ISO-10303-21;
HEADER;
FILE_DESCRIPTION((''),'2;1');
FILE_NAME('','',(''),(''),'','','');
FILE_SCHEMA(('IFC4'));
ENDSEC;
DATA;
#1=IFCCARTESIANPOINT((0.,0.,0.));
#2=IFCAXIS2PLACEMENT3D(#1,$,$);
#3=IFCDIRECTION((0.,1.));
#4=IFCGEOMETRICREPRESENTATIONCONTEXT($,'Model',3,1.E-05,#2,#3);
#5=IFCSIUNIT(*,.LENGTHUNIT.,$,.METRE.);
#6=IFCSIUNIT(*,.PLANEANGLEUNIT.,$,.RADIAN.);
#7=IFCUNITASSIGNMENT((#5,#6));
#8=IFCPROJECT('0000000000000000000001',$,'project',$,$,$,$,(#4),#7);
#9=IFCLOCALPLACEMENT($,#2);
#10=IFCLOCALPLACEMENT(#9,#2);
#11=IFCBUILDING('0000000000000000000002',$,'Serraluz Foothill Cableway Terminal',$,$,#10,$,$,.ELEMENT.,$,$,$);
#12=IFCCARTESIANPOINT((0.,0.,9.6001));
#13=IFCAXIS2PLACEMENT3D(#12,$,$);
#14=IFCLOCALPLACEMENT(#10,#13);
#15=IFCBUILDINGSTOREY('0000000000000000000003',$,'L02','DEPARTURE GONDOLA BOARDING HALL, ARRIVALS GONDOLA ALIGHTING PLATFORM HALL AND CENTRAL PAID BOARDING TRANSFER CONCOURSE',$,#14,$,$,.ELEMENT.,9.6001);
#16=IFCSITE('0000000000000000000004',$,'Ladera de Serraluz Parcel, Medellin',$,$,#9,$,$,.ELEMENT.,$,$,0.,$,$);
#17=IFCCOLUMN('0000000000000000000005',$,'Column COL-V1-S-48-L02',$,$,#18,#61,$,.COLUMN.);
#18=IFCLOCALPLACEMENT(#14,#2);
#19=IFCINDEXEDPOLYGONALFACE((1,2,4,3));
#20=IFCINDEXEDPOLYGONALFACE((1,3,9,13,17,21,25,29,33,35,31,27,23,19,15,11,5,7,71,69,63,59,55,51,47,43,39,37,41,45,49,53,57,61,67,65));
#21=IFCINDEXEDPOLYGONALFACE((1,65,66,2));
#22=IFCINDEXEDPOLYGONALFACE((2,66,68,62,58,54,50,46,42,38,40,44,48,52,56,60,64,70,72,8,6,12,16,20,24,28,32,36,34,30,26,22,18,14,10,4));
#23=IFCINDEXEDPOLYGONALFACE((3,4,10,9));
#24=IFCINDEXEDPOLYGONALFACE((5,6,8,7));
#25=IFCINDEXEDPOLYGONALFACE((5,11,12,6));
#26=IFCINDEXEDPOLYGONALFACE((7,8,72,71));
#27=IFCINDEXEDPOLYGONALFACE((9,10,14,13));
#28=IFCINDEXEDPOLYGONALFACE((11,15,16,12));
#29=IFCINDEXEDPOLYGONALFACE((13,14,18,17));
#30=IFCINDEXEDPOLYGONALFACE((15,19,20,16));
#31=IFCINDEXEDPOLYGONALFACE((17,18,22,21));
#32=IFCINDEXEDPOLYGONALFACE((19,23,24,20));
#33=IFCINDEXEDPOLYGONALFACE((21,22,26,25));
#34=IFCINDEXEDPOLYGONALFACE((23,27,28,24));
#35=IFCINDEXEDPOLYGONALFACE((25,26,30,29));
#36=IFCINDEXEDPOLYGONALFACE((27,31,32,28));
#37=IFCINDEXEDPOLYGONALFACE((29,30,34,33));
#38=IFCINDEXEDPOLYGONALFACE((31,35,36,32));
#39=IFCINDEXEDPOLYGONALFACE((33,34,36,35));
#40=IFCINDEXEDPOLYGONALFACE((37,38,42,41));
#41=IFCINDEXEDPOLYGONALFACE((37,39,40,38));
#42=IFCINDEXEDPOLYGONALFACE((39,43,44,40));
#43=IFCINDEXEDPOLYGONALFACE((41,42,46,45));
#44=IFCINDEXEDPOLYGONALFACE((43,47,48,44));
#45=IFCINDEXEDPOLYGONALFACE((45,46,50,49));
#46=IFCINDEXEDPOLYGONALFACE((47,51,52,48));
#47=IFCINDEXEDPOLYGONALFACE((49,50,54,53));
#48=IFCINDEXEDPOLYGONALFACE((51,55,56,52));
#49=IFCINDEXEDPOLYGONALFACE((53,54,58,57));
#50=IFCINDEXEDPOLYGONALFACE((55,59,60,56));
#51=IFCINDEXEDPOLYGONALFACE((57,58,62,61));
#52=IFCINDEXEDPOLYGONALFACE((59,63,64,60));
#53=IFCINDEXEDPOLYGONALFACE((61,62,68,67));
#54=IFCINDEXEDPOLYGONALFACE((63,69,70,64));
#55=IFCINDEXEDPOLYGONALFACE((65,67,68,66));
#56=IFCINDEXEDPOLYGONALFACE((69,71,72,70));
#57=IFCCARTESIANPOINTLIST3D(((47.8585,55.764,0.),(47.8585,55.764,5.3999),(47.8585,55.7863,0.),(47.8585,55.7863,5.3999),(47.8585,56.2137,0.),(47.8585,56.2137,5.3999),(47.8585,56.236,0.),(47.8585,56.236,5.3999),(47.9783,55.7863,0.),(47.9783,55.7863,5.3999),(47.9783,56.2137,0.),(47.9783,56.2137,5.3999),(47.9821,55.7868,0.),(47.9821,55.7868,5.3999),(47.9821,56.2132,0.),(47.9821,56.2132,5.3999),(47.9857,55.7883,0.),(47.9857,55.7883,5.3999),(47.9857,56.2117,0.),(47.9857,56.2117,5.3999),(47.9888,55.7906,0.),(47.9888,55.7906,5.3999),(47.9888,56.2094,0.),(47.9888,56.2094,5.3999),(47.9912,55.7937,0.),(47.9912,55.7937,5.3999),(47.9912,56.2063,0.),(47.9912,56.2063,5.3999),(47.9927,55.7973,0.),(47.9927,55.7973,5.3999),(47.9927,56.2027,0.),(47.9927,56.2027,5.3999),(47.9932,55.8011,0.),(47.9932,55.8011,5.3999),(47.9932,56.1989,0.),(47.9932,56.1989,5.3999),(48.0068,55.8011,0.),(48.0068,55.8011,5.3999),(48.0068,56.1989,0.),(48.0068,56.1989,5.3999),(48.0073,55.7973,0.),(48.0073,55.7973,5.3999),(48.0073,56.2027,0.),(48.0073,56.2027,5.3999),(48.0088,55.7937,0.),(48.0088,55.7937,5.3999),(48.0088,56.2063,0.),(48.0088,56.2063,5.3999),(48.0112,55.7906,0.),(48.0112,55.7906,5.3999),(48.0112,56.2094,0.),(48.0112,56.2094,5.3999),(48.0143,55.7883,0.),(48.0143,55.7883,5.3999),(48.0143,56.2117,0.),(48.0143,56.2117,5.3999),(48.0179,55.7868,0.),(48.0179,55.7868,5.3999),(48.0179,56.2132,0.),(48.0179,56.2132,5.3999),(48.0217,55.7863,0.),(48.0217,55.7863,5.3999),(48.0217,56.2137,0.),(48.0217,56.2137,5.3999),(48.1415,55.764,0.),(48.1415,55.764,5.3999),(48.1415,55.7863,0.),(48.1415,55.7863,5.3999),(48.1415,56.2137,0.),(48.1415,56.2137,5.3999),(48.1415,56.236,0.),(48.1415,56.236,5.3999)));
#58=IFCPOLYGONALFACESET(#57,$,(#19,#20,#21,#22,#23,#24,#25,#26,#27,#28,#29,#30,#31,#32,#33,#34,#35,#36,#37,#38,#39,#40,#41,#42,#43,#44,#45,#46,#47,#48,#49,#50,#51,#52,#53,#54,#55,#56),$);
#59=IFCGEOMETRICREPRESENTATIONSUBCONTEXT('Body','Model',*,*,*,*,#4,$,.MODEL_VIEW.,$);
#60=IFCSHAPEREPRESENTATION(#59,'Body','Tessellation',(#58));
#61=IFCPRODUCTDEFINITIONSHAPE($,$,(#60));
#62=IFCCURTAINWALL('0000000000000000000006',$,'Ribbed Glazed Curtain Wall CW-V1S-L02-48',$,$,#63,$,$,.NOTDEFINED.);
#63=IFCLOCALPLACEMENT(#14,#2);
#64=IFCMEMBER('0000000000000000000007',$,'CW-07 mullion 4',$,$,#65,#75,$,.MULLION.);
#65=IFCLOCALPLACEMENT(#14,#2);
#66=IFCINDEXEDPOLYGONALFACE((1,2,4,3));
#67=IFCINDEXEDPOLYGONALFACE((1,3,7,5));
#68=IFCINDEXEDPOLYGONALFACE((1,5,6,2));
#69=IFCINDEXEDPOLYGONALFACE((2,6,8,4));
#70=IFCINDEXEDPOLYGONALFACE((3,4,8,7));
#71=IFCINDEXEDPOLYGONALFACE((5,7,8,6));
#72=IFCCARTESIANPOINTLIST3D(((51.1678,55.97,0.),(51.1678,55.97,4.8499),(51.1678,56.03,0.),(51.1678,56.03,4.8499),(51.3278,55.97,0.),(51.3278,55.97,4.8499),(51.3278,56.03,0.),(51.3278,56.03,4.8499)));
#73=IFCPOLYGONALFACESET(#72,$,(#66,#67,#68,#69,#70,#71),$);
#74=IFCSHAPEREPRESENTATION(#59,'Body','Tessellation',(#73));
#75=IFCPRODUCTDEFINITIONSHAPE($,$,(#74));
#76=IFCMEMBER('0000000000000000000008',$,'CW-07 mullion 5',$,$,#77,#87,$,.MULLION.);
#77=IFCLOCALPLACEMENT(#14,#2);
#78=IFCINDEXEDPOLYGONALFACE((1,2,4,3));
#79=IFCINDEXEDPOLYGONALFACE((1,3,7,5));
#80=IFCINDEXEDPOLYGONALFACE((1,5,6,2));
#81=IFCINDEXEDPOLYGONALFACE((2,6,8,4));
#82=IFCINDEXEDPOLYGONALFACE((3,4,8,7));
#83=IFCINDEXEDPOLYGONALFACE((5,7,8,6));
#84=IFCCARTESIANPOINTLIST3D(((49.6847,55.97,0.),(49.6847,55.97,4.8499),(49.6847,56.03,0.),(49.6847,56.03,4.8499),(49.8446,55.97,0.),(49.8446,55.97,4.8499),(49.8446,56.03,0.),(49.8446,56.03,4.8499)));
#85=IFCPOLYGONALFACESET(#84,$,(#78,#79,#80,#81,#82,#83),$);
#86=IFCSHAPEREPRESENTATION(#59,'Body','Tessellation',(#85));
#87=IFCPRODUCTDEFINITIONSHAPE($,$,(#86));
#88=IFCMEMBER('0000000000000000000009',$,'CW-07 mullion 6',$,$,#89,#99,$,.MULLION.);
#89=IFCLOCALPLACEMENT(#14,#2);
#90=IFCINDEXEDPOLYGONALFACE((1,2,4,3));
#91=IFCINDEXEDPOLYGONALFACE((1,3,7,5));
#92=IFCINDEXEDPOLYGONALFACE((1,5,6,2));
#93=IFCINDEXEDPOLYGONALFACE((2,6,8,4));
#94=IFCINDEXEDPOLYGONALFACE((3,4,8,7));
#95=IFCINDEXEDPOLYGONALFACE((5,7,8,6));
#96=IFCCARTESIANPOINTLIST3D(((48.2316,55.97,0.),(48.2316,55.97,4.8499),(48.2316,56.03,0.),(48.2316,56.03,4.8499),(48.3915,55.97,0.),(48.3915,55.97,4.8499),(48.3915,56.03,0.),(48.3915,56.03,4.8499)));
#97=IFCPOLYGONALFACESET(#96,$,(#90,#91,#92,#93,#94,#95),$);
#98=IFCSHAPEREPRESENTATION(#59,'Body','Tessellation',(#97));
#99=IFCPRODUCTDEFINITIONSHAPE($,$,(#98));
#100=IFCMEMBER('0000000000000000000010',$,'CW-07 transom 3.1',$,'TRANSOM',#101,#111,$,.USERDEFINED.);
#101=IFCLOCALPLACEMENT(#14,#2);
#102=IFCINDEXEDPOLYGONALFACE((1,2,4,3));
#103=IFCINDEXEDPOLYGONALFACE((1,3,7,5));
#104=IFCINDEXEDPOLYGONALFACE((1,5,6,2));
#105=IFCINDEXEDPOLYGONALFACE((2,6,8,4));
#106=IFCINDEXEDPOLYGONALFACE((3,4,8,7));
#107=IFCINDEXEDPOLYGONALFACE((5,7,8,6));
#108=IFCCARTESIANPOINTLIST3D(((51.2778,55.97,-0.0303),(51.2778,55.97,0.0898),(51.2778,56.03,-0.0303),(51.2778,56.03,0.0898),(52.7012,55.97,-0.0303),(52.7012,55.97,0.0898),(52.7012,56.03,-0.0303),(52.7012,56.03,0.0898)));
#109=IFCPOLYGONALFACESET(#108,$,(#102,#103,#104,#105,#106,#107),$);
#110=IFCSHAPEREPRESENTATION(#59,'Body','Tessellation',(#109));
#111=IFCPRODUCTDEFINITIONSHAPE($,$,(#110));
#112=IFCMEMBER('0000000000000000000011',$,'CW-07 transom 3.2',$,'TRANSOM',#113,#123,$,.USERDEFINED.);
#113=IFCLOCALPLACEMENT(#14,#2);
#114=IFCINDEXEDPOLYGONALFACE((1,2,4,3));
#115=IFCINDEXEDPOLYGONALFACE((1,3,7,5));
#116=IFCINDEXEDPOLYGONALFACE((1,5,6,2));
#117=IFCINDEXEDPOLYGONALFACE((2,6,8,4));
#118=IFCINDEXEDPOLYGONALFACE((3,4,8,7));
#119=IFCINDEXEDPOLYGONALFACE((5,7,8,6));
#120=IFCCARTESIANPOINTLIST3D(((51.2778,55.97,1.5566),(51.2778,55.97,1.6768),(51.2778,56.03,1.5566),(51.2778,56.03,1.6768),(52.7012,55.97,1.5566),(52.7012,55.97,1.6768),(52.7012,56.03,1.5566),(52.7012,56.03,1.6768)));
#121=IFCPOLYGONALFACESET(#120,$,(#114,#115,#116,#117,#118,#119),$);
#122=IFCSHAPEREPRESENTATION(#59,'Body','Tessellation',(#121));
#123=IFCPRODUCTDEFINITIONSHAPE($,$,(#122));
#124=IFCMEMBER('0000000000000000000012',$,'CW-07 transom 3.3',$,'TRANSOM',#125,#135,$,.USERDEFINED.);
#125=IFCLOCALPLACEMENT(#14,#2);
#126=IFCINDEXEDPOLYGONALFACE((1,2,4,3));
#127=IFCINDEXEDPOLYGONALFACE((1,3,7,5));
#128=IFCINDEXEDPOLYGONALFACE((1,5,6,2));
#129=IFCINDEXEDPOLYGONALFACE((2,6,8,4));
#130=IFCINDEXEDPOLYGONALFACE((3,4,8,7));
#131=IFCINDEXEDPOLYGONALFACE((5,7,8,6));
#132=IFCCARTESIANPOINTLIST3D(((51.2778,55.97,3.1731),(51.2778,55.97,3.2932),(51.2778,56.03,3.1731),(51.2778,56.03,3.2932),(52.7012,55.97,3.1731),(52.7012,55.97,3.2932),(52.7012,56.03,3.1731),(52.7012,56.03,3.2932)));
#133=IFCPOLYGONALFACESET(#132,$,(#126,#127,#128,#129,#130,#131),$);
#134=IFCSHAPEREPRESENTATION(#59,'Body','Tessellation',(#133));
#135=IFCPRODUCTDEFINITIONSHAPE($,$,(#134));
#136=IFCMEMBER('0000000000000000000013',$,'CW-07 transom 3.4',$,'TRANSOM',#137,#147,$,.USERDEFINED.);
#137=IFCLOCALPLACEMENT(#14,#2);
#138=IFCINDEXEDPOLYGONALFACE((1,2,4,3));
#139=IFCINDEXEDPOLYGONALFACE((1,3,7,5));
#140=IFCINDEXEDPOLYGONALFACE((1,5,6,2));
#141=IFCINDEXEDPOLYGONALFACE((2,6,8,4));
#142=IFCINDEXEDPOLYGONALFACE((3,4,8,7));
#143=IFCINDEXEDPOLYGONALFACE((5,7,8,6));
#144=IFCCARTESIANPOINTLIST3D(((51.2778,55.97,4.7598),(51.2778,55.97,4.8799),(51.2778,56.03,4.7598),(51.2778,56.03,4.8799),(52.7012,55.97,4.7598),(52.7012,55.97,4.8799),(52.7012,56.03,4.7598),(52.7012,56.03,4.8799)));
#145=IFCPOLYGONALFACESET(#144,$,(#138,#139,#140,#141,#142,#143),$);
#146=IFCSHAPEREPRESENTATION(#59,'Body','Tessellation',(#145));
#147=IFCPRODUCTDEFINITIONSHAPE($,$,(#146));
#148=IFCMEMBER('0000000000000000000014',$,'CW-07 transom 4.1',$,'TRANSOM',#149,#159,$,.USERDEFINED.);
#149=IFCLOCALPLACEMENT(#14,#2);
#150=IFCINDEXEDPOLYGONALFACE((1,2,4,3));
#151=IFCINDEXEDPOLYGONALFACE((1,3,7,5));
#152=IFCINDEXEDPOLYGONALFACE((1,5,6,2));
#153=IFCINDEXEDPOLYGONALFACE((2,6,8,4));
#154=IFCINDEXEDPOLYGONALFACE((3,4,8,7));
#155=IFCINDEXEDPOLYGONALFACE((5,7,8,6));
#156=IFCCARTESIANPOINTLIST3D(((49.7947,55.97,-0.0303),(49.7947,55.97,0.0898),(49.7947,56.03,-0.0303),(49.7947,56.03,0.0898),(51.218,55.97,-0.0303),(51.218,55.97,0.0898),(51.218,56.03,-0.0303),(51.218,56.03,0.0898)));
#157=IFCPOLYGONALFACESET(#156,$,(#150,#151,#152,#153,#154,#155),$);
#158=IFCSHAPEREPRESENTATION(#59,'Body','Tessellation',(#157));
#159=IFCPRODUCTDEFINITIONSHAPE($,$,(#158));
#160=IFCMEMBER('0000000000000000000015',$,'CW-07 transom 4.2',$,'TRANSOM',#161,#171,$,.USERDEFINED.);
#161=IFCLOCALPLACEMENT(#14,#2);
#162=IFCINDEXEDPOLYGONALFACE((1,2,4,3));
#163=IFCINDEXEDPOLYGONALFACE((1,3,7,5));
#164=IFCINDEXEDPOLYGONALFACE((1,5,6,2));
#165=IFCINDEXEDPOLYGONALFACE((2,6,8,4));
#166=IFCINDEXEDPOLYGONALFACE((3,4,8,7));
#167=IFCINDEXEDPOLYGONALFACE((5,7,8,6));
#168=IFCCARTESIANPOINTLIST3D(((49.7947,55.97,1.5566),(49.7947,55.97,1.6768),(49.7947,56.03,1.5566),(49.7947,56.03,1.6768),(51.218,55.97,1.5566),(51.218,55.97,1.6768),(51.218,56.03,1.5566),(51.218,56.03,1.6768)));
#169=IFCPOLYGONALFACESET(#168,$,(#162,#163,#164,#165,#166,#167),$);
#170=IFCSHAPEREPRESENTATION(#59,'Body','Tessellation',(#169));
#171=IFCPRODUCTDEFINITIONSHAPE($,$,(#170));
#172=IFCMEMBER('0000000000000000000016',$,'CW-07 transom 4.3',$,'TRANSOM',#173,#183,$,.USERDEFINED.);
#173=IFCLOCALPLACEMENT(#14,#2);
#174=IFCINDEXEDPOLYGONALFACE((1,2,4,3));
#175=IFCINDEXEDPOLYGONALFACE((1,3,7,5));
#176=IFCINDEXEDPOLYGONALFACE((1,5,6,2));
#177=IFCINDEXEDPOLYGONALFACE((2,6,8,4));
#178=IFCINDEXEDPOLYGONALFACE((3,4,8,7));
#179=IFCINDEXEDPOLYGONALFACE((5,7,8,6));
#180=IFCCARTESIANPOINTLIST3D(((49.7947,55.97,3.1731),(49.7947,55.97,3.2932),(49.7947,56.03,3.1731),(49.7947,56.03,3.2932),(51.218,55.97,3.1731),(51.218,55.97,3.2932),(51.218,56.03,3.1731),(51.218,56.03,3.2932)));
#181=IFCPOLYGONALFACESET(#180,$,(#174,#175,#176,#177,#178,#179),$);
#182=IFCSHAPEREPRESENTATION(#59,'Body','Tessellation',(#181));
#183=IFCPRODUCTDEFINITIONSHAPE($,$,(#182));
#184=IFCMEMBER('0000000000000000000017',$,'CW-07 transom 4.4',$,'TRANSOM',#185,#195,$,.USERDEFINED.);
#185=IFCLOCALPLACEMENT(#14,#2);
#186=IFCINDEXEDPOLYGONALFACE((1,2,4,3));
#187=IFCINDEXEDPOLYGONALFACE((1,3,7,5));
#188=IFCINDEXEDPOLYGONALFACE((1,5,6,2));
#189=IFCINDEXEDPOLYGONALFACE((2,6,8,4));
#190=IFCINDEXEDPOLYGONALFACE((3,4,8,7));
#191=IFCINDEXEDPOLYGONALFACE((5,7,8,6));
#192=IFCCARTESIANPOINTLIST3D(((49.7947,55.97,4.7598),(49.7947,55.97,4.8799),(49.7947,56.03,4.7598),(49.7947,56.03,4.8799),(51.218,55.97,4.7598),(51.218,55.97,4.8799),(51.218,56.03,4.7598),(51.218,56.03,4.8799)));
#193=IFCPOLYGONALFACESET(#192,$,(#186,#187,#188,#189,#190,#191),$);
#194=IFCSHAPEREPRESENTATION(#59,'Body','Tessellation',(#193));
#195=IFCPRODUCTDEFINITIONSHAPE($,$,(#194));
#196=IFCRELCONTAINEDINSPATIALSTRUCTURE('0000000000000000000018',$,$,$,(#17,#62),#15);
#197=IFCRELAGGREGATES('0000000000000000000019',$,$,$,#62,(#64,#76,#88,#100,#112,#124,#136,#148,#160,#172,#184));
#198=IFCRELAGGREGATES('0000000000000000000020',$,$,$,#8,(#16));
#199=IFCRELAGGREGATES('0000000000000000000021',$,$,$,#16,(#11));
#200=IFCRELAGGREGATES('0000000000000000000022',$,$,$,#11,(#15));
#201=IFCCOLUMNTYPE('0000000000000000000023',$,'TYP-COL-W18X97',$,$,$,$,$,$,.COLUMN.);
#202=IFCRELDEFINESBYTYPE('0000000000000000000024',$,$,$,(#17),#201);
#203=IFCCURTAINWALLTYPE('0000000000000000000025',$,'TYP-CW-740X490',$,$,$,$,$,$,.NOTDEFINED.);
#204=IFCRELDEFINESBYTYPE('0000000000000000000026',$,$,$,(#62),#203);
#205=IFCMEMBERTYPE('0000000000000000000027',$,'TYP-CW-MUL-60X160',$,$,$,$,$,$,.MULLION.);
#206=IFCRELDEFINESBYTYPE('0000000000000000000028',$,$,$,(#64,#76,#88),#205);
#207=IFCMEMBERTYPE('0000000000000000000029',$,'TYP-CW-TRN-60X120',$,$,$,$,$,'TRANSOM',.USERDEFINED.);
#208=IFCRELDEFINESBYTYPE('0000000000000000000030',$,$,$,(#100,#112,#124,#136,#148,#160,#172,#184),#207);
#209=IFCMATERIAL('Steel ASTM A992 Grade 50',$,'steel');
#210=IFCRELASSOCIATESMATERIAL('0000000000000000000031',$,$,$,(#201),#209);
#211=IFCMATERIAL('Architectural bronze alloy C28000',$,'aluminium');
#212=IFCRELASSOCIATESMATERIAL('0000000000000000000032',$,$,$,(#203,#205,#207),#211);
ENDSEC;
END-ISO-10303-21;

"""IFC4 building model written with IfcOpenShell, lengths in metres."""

from ifc_helpers import new_model, si_unit, direction, frame, origin, origin_2d, place, context, subcontext, project, spatial, rectangle, i_section, extrude, material, material_profile, profile_set, type_object, element, aggregate, save


model = new_model("IFC4")

# Units and contexts
model_context = context("Model", 3, precision=1e-05, world=origin(), true_north=direction((0.0, 1.0)))
body_context = subcontext(model_context, "Body", "Model", "MODEL_VIEW")
ifc_project = project(units=[si_unit("LENGTHUNIT", "METRE"), si_unit("PLANEANGLEUNIT", "RADIAN")], contexts=[model_context])

# Site, building, storey
site_placement = place(None, origin())
site = spatial("IfcSite", under=ifc_project, at=site_placement, Name="Ladera de Serraluz Parcel, Medellin", CompositionType="ELEMENT", RefElevation=0.0)
building_placement = place(site_placement, origin())
building = spatial("IfcBuilding", under=site, at=building_placement, Name="Serraluz Foothill Cableway Terminal", CompositionType="ELEMENT")
storey_placement = place(building_placement, frame((0.0, 0.0, 9.6001)))
storey = spatial("IfcBuildingStorey", under=building, at=storey_placement, Name="L02", Description="DEPARTURE GONDOLA BOARDING HALL, ARRIVALS GONDOLA ALIGHTING PLATFORM HALL AND CENTRAL PAID BOARDING TRANSFER CONCOURSE", CompositionType="ELEMENT", Elevation=9.6001)

# Column
ifc_material_1 = material(Name="Steel ASTM A992 Grade 50", Category="steel")
ifc_material_profile_1 = material_profile(ifc_material_1, i_section(OverallWidth=0.283, OverallDepth=0.4719, WebThickness=0.0137, FlangeThickness=0.0222, FilletRadius=0.0149, at=origin_2d()), Name="W18X97")
ifc_profile_set_1 = profile_set([ifc_material_profile_1], Name="Steel ASTM A992 Grade 50")
column_type = type_object("IfcColumnType", Name="TYP-COL-W18X97", PredefinedType="COLUMN", material=ifc_profile_set_1)
column_placement = place(storey_placement, frame((48.0, 56.0, 0.0), z_axis=(0.0, 0.0, 1.0), x_axis=(1.0, 0.0, 0.0)))
element("IfcColumn", 1, at=column_placement, inside=storey, type_object=column_type, Name="Column COL-V1-S-48-L02", PredefinedType="COLUMN", context=body_context, shape_type="SweptSolid", body=[
    extrude(i_section(OverallWidth=0.283, OverallDepth=0.4719, WebThickness=0.0137, FlangeThickness=0.0222, FilletRadius=0.0149, at=origin_2d()), origin(), (0.0, 0.0, 1.0), 5.3999),
])

# Curtain wall, members
ifc_material_2 = material(Name="Architectural bronze alloy C28000", Category="aluminium")
curtain_wall_type = type_object("IfcCurtainWallType", Name="TYP-CW-740X490", PredefinedType="NOTDEFINED", material=ifc_material_2)
curtain_wall_placement = place(storey_placement, origin())
curtain_wall = element("IfcCurtainWall", 2, at=curtain_wall_placement, inside=storey, type_object=curtain_wall_type, Name="Ribbed Glazed Curtain Wall CW-V1S-L02-48", PredefinedType="NOTDEFINED")
ifc_material_profile_2 = material_profile(ifc_material_2, rectangle(XDim=0.0601, YDim=0.1599, at=origin_2d()), Name="ALU MULLION 60x160")
ifc_profile_set_2 = profile_set([ifc_material_profile_2], Name="Architectural bronze alloy C28000")
member_type_1 = type_object("IfcMemberType", Name="TYP-CW-MUL-60X160", PredefinedType="MULLION", material=ifc_profile_set_2)
member_1_placement = place(storey_placement, frame((51.2478, 56.0, 0.0), z_axis=(0.0, 0.0, 1.0), x_axis=(0.0, -1.0, 0.0)))
member_1 = element("IfcMember", 3, at=member_1_placement, type_object=member_type_1, Name="CW-07 mullion 4", PredefinedType="MULLION", context=body_context, shape_type="SweptSolid", body=[
    extrude(rectangle(XDim=0.0601, YDim=0.1599, at=origin_2d()), origin(), (0.0, 0.0, 1.0), 4.8499),
])
member_2_placement = place(storey_placement, frame((49.7646, 56.0, 0.0), z_axis=(0.0, 0.0, 1.0), x_axis=(0.0, -1.0, 0.0)))
member_2 = element("IfcMember", 4, at=member_2_placement, type_object=member_type_1, Name="CW-07 mullion 5", PredefinedType="MULLION", context=body_context, shape_type="SweptSolid", body=[
    extrude(rectangle(XDim=0.0601, YDim=0.1599, at=origin_2d()), origin(), (0.0, 0.0, 1.0), 4.8499),
])
member_3_placement = place(storey_placement, frame((48.3115, 56.0, 0.0), z_axis=(0.0, 0.0, 1.0), x_axis=(0.0, -1.0, 0.0)))
member_3 = element("IfcMember", 5, at=member_3_placement, type_object=member_type_1, Name="CW-07 mullion 6", PredefinedType="MULLION", context=body_context, shape_type="SweptSolid", body=[
    extrude(rectangle(XDim=0.0601, YDim=0.1599, at=origin_2d()), origin(), (0.0, 0.0, 1.0), 4.8499),
])
ifc_material_profile_3 = material_profile(ifc_material_2, rectangle(XDim=0.0601, YDim=0.1201, at=origin_2d()), Name="ALU TRANSOM 60x120")
ifc_profile_set_3 = profile_set([ifc_material_profile_3], Name="Architectural bronze alloy C28000")
member_type_2 = type_object("IfcMemberType", Name="TYP-CW-TRN-60X120", ElementType="TRANSOM", PredefinedType="USERDEFINED", material=ifc_profile_set_3)
member_4_placement = place(storey_placement, frame((52.7012, 56.0, 0.0298), z_axis=(-1.0, 0.0, 0.0), x_axis=(0.0, -1.0, 0.0)))
member_4 = element("IfcMember", 6, at=member_4_placement, type_object=member_type_2, Name="CW-07 transom 3.1", ObjectType="TRANSOM", PredefinedType="USERDEFINED", context=body_context, shape_type="SweptSolid", body=[
    extrude(rectangle(XDim=0.0601, YDim=0.1201, at=origin_2d()), origin(), (0.0, 0.0, 1.0), 1.4233),
])
member_5_placement = place(storey_placement, frame((52.7012, 56.0, 1.6167), z_axis=(-1.0, 0.0, 0.0), x_axis=(0.0, -1.0, 0.0)))
member_5 = element("IfcMember", 7, at=member_5_placement, type_object=member_type_2, Name="CW-07 transom 3.2", ObjectType="TRANSOM", PredefinedType="USERDEFINED", context=body_context, shape_type="SweptSolid", body=[
    extrude(rectangle(XDim=0.0601, YDim=0.1201, at=origin_2d()), origin(), (0.0, 0.0, 1.0), 1.4233),
])
member_6_placement = place(storey_placement, frame((52.7012, 56.0, 3.2332), z_axis=(-1.0, 0.0, 0.0), x_axis=(0.0, -1.0, 0.0)))
member_6 = element("IfcMember", 8, at=member_6_placement, type_object=member_type_2, Name="CW-07 transom 3.3", ObjectType="TRANSOM", PredefinedType="USERDEFINED", context=body_context, shape_type="SweptSolid", body=[
    extrude(rectangle(XDim=0.0601, YDim=0.1201, at=origin_2d()), origin(), (0.0, 0.0, 1.0), 1.4233),
])
member_7_placement = place(storey_placement, frame((52.7012, 56.0, 4.8198), z_axis=(-1.0, 0.0, 0.0), x_axis=(0.0, -1.0, 0.0)))
member_7 = element("IfcMember", 9, at=member_7_placement, type_object=member_type_2, Name="CW-07 transom 3.4", ObjectType="TRANSOM", PredefinedType="USERDEFINED", context=body_context, shape_type="SweptSolid", body=[
    extrude(rectangle(XDim=0.0601, YDim=0.1201, at=origin_2d()), origin(), (0.0, 0.0, 1.0), 1.4233),
])
member_8_placement = place(storey_placement, frame((51.218, 56.0, 0.0298), z_axis=(-1.0, 0.0, 0.0), x_axis=(0.0, -1.0, 0.0)))
member_8 = element("IfcMember", 10, at=member_8_placement, type_object=member_type_2, Name="CW-07 transom 4.1", ObjectType="TRANSOM", PredefinedType="USERDEFINED", context=body_context, shape_type="SweptSolid", body=[
    extrude(rectangle(XDim=0.0601, YDim=0.1201, at=origin_2d()), origin(), (0.0, 0.0, 1.0), 1.4233),
])
member_9_placement = place(storey_placement, frame((51.218, 56.0, 1.6167), z_axis=(-1.0, 0.0, 0.0), x_axis=(0.0, -1.0, 0.0)))
member_9 = element("IfcMember", 11, at=member_9_placement, type_object=member_type_2, Name="CW-07 transom 4.2", ObjectType="TRANSOM", PredefinedType="USERDEFINED", context=body_context, shape_type="SweptSolid", body=[
    extrude(rectangle(XDim=0.0601, YDim=0.1201, at=origin_2d()), origin(), (0.0, 0.0, 1.0), 1.4233),
])
member_10_placement = place(storey_placement, frame((51.218, 56.0, 3.2332), z_axis=(-1.0, 0.0, 0.0), x_axis=(0.0, -1.0, 0.0)))
member_10 = element("IfcMember", 12, at=member_10_placement, type_object=member_type_2, Name="CW-07 transom 4.3", ObjectType="TRANSOM", PredefinedType="USERDEFINED", context=body_context, shape_type="SweptSolid", body=[
    extrude(rectangle(XDim=0.0601, YDim=0.1201, at=origin_2d()), origin(), (0.0, 0.0, 1.0), 1.4233),
])
member_11_placement = place(storey_placement, frame((51.218, 56.0, 4.8198), z_axis=(-1.0, 0.0, 0.0), x_axis=(0.0, -1.0, 0.0)))
member_11 = element("IfcMember", 13, at=member_11_placement, type_object=member_type_2, Name="CW-07 transom 4.4", ObjectType="TRANSOM", PredefinedType="USERDEFINED", context=body_context, shape_type="SweptSolid", body=[
    extrude(rectangle(XDim=0.0601, YDim=0.1201, at=origin_2d()), origin(), (0.0, 0.0, 1.0), 1.4233),
])
aggregate(curtain_wall, [member_1, member_2, member_3, member_4, member_5, member_6, member_7, member_8, member_9, member_10, member_11])

save(model, "model.ifc")
